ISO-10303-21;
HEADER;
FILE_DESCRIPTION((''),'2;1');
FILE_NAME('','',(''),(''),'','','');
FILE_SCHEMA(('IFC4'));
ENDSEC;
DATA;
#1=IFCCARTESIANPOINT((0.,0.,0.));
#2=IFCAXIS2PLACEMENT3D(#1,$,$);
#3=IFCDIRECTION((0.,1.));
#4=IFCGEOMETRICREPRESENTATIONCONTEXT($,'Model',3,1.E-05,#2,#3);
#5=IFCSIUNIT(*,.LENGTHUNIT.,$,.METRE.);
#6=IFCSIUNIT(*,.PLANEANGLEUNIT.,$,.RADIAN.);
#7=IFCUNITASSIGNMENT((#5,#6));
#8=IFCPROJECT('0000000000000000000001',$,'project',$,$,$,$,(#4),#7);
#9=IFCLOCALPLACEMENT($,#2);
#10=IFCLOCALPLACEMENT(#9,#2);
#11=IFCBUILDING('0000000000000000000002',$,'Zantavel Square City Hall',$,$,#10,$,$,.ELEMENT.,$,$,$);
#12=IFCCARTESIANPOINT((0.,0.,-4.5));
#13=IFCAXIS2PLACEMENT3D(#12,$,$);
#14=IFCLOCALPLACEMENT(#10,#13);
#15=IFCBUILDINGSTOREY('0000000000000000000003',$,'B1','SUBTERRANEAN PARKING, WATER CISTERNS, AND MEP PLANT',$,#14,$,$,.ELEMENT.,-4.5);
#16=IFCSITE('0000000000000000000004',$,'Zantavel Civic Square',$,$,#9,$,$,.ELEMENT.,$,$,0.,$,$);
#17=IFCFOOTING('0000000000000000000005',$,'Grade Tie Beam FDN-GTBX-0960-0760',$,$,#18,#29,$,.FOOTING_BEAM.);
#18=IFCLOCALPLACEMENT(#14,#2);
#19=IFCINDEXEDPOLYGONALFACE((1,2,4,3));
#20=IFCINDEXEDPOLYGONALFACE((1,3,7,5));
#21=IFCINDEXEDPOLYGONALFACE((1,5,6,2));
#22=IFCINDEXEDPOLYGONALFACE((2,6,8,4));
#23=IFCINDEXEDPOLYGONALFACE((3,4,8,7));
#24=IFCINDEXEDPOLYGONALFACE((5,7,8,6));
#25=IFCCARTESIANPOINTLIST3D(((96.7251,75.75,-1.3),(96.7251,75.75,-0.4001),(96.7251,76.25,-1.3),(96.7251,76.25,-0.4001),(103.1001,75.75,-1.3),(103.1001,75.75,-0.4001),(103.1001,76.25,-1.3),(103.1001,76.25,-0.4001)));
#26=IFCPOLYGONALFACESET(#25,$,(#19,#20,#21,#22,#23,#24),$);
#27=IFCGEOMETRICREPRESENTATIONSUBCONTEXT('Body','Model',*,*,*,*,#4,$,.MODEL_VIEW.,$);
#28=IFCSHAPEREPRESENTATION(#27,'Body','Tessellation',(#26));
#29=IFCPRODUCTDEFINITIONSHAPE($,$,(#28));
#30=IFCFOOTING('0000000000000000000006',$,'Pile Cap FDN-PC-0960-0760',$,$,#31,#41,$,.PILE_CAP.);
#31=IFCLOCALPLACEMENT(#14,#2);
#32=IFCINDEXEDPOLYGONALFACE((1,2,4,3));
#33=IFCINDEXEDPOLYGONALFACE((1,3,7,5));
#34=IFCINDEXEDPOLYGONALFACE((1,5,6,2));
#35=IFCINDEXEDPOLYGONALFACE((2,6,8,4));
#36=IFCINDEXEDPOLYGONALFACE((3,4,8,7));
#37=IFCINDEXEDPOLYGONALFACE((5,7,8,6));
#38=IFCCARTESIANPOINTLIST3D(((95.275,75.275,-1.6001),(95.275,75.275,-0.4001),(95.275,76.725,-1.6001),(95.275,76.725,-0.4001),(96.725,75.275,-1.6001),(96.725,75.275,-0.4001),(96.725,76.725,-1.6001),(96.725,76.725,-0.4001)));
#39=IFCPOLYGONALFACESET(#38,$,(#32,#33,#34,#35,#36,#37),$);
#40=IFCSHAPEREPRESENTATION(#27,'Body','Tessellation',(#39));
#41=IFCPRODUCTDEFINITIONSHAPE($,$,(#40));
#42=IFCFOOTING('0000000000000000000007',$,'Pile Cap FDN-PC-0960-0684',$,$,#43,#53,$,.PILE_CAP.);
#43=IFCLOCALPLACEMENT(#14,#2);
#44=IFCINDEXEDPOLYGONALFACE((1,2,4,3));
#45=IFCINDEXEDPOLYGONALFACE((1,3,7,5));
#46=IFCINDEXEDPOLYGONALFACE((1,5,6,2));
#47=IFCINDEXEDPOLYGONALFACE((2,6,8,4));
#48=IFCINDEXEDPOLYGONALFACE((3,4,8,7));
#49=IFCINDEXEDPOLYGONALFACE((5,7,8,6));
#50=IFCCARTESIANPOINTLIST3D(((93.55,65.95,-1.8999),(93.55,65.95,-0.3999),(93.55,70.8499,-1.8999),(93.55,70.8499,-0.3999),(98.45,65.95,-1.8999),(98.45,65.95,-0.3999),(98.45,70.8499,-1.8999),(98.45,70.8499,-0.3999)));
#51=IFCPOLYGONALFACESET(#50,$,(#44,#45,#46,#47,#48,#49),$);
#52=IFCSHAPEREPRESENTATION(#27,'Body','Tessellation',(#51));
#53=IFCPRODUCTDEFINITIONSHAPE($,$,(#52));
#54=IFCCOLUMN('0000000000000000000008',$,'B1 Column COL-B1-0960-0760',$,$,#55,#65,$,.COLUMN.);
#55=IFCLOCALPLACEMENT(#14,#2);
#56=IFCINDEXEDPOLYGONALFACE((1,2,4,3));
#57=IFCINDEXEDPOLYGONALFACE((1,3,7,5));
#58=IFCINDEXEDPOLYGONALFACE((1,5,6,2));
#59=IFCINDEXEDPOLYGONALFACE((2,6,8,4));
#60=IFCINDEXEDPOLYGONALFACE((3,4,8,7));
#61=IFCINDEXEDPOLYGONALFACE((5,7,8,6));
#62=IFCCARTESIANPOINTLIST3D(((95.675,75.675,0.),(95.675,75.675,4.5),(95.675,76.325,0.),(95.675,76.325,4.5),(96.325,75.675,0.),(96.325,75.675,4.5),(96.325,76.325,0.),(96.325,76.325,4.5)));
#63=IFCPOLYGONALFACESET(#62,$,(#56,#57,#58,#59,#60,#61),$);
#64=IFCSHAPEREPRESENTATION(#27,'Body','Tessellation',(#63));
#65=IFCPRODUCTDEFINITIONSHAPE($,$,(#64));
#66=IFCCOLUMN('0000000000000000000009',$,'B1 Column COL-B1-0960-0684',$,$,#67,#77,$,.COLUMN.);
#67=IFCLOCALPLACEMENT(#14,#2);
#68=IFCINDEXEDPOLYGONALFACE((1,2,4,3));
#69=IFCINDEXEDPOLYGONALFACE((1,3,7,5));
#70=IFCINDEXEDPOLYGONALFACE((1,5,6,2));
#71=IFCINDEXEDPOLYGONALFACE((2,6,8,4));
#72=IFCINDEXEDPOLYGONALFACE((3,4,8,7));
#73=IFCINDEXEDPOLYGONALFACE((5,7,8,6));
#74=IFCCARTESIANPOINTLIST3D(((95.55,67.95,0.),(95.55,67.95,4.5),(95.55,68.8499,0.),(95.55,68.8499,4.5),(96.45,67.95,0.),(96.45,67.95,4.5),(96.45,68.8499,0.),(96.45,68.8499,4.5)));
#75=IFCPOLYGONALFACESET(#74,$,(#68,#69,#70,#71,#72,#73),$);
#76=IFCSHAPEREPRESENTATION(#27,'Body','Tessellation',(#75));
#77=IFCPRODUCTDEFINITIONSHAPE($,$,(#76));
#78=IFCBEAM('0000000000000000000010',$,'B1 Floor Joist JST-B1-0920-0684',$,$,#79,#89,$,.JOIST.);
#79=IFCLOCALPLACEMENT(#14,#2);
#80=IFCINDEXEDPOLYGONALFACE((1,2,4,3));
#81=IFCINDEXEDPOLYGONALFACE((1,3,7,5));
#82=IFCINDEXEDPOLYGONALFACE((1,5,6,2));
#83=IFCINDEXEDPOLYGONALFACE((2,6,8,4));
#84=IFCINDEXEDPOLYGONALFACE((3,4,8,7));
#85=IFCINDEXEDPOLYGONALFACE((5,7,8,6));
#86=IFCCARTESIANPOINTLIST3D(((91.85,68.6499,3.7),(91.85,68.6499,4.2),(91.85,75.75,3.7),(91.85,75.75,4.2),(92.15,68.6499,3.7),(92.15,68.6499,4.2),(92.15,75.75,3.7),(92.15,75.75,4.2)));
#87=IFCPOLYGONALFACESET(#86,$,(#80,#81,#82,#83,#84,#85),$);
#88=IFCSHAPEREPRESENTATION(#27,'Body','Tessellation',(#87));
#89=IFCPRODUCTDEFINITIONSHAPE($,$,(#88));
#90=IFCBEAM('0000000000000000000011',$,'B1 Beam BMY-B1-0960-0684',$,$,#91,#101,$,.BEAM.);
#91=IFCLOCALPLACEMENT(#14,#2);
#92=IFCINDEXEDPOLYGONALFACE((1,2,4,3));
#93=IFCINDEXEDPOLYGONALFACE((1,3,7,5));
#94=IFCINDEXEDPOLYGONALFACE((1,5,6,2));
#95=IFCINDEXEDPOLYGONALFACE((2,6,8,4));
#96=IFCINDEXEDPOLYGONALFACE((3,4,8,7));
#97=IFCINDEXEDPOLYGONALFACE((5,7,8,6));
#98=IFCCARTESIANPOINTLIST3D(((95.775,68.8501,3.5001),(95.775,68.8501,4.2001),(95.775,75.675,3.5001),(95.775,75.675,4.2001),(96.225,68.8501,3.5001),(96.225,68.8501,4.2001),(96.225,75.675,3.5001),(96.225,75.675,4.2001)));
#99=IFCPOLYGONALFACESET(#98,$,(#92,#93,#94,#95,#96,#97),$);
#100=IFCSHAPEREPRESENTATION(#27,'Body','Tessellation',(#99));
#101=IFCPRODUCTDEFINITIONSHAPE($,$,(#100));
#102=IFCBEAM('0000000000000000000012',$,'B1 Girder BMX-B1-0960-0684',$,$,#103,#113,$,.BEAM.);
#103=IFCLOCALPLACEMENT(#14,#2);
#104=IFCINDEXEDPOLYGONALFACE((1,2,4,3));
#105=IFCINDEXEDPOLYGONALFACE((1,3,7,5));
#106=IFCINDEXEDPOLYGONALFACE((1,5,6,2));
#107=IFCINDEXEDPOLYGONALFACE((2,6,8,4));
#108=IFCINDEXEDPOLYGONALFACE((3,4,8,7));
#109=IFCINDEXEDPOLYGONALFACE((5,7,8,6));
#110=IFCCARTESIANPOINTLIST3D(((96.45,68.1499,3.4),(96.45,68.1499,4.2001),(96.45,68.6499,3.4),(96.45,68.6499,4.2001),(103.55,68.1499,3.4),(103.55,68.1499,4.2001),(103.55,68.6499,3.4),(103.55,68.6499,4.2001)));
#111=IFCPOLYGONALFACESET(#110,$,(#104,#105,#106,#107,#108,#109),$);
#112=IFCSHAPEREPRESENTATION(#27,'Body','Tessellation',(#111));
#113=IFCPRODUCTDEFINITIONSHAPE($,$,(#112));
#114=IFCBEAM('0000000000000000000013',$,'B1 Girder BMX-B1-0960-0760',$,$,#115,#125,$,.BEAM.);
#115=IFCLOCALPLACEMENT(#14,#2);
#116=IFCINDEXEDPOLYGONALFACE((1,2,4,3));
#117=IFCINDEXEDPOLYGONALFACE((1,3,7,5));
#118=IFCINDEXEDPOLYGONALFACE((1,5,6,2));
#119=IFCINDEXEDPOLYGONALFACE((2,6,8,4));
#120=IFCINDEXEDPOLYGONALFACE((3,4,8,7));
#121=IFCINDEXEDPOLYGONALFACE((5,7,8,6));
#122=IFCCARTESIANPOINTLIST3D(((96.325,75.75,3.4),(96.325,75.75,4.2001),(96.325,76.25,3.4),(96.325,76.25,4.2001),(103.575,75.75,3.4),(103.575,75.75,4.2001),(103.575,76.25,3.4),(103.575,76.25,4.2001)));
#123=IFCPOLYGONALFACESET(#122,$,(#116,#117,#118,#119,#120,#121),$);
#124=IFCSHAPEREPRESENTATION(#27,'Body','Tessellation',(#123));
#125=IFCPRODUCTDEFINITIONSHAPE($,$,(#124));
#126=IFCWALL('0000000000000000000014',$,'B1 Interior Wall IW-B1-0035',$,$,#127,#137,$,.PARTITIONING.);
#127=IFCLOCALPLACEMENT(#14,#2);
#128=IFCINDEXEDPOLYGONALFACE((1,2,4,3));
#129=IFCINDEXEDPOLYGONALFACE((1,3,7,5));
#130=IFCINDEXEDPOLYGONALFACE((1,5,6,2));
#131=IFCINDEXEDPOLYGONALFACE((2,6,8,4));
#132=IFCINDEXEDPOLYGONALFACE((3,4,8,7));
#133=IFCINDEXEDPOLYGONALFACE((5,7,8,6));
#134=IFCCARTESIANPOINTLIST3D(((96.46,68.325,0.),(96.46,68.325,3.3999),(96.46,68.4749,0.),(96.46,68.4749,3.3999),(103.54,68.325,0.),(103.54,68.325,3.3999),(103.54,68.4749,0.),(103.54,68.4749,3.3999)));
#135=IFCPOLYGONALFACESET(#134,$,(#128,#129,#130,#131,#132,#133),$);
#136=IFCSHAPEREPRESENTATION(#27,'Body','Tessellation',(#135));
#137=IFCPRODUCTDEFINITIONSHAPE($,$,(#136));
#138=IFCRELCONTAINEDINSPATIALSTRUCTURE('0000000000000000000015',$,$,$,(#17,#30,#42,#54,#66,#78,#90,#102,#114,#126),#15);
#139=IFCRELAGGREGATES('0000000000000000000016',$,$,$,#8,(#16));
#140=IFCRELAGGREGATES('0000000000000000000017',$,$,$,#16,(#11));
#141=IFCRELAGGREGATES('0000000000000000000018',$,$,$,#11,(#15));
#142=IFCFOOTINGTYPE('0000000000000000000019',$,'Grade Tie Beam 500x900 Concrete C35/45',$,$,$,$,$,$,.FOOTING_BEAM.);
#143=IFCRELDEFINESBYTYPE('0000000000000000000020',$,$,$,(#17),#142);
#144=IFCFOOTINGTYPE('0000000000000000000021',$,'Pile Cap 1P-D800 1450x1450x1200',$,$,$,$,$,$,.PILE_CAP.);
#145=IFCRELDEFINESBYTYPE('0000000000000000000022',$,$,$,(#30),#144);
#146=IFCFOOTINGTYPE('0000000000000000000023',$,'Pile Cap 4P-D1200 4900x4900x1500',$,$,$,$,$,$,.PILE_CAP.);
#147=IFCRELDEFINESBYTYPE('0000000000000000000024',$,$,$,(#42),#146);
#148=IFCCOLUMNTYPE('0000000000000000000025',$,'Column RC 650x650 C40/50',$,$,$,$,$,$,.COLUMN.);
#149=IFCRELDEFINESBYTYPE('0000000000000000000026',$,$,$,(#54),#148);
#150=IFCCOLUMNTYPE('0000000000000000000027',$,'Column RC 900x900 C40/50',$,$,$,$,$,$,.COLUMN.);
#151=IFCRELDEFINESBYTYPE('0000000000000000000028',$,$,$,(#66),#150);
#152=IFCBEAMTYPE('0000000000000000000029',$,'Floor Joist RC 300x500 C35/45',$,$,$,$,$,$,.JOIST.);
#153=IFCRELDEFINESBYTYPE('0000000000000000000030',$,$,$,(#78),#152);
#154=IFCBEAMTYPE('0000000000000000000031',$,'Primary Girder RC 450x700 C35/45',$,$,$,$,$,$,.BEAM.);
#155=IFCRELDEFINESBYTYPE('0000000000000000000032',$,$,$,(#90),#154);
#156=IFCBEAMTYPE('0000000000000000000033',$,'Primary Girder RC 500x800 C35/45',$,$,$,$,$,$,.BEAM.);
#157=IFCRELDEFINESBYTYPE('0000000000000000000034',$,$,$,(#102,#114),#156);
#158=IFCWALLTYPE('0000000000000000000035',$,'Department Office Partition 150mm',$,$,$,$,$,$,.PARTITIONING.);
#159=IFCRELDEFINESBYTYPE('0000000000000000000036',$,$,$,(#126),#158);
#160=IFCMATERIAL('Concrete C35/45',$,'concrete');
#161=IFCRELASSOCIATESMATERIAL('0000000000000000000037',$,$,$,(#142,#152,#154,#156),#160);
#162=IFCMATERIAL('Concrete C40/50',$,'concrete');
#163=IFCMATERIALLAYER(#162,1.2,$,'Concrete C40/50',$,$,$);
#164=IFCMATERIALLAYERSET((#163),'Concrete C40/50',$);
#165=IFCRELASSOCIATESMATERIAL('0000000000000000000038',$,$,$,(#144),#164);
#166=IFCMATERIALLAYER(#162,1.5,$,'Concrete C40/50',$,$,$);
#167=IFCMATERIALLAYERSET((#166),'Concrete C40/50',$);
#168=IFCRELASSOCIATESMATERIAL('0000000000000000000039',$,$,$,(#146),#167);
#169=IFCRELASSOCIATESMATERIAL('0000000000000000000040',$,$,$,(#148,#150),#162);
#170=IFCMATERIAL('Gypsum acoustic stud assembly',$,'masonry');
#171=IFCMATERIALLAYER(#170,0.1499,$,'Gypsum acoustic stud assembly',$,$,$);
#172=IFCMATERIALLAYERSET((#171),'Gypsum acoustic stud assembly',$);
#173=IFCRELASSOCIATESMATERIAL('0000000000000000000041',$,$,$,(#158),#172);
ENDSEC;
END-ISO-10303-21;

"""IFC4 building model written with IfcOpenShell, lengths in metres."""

from ifc_helpers import new_model, si_unit, direction, frame, frame_2d, origin, origin_2d, place, context, subcontext, project, spatial, rectangle, extrude, material, layer, layer_set, material_profile, profile_set, type_object, element, save


model = new_model("IFC4")

# Units and contexts
model_context = context("Model", 3, precision=1e-05, world=origin(), true_north=direction((0.0, 1.0)))
body_context = subcontext(model_context, "Body", "Model", "MODEL_VIEW")
ifc_project = project(units=[si_unit("LENGTHUNIT", "METRE"), si_unit("PLANEANGLEUNIT", "RADIAN")], contexts=[model_context])

# Site, building, storey
site_placement = place(None, origin())
site = spatial("IfcSite", under=ifc_project, at=site_placement, Name="Zantavel Civic Square", CompositionType="ELEMENT", RefElevation=0.0)
building_placement = place(site_placement, origin())
building = spatial("IfcBuilding", under=site, at=building_placement, Name="Zantavel Square City Hall", CompositionType="ELEMENT")
storey_placement = place(building_placement, frame((0.0, 0.0, -4.5)))
storey = spatial("IfcBuildingStorey", under=building, at=storey_placement, Name="B1", Description="SUBTERRANEAN PARKING, WATER CISTERNS, AND MEP PLANT", CompositionType="ELEMENT", Elevation=-4.5)

# Shared definitions
ifc_material_1 = material(Name="Concrete C35/45", Category="concrete")

# Footings
ifc_material_profile_1 = material_profile(ifc_material_1, rectangle(XDim=0.5, YDim=0.8999, at=origin_2d()), Name="RC 500x900")
ifc_profile_set_1 = profile_set([ifc_material_profile_1], Name="Concrete C35/45")
footing_type_1 = type_object("IfcFootingType", Name="Grade Tie Beam 500x900 Concrete C35/45", PredefinedType="FOOTING_BEAM", material=ifc_profile_set_1)
footing_1_placement = place(storey_placement, frame((96.7251, 76.0, -0.8501), z_axis=(1.0, 0.0, 0.0), x_axis=(0.0, 1.0, 0.0)))
element("IfcFooting", 1, at=footing_1_placement, inside=storey, type_object=footing_type_1, Name="Grade Tie Beam FDN-GTBX-0960-0760", PredefinedType="FOOTING_BEAM", context=body_context, shape_type="SweptSolid", body=[
    extrude(rectangle(XDim=0.5, YDim=0.8999, at=origin_2d()), origin(), (0.0, 0.0, 1.0), 6.375),
])
ifc_material_2 = material(Name="Concrete C40/50", Category="concrete")
ifc_layer_1 = layer(ifc_material_2, 1.2, Name="Concrete C40/50")
ifc_layer_set_1 = layer_set([ifc_layer_1], Name="Concrete C40/50")
footing_type_2 = type_object("IfcFootingType", Name="Pile Cap 1P-D800 1450x1450x1200", PredefinedType="PILE_CAP", material=ifc_layer_set_1)
footing_2_placement = place(storey_placement, frame((96.0, 76.0, -1.6001), z_axis=(0.0, 0.0, 1.0), x_axis=(1.0, 0.0, 0.0)))
element("IfcFooting", 2, at=footing_2_placement, inside=storey, type_object=footing_type_2, Name="Pile Cap FDN-PC-0960-0760", PredefinedType="PILE_CAP", context=body_context, shape_type="SweptSolid", body=[
    extrude(rectangle(XDim=1.45, YDim=1.45, at=origin_2d()), origin(), (0.0, 0.0, 1.0), 1.2),
])
ifc_layer_2 = layer(ifc_material_2, 1.5, Name="Concrete C40/50")
ifc_layer_set_2 = layer_set([ifc_layer_2], Name="Concrete C40/50")
footing_type_3 = type_object("IfcFootingType", Name="Pile Cap 4P-D1200 4900x4900x1500", PredefinedType="PILE_CAP", material=ifc_layer_set_2)
footing_3_placement = place(storey_placement, frame((96.0, 68.3999, -1.8999), z_axis=(0.0, 0.0, 1.0), x_axis=(1.0, 0.0, 0.0)))
element("IfcFooting", 3, at=footing_3_placement, inside=storey, type_object=footing_type_3, Name="Pile Cap FDN-PC-0960-0684", PredefinedType="PILE_CAP", context=body_context, shape_type="SweptSolid", body=[
    extrude(rectangle(XDim=4.8999, YDim=4.8999, at=origin_2d()), origin(), (0.0, 0.0, 1.0), 1.5),
])

# Columns
ifc_material_profile_2 = material_profile(ifc_material_2, rectangle(XDim=0.6499, YDim=0.6499, at=origin_2d()), Name="RC 650x650")
ifc_profile_set_2 = profile_set([ifc_material_profile_2], Name="Concrete C40/50")
column_type_1 = type_object("IfcColumnType", Name="Column RC 650x650 C40/50", PredefinedType="COLUMN", material=ifc_profile_set_2)
column_1_placement = place(storey_placement, frame((96.0, 76.0, 0.0), z_axis=(0.0, 0.0, 1.0), x_axis=(1.0, 0.0, 0.0)))
element("IfcColumn", 4, at=column_1_placement, inside=storey, type_object=column_type_1, Name="B1 Column COL-B1-0960-0760", PredefinedType="COLUMN", context=body_context, shape_type="SweptSolid", body=[
    extrude(rectangle(XDim=0.6499, YDim=0.6499, at=origin_2d()), origin(), (0.0, 0.0, 1.0), 4.5),
])
ifc_material_profile_3 = material_profile(ifc_material_2, rectangle(XDim=0.8999, YDim=0.8999, at=origin_2d()), Name="RC 900x900")
ifc_profile_set_3 = profile_set([ifc_material_profile_3], Name="Concrete C40/50")
column_type_2 = type_object("IfcColumnType", Name="Column RC 900x900 C40/50", PredefinedType="COLUMN", material=ifc_profile_set_3)
column_2_placement = place(storey_placement, frame((96.0, 68.3999, 0.0), z_axis=(0.0, 0.0, 1.0), x_axis=(1.0, 0.0, 0.0)))
element("IfcColumn", 5, at=column_2_placement, inside=storey, type_object=column_type_2, Name="B1 Column COL-B1-0960-0684", PredefinedType="COLUMN", context=body_context, shape_type="SweptSolid", body=[
    extrude(rectangle(XDim=0.8999, YDim=0.8999, at=origin_2d()), origin(), (0.0, 0.0, 1.0), 4.5),
])

# Beams
ifc_material_profile_4 = material_profile(ifc_material_1, rectangle(XDim=0.3, YDim=0.5, at=origin_2d()), Name="RC 300x500")
ifc_profile_set_4 = profile_set([ifc_material_profile_4], Name="Concrete C35/45")
beam_type_1 = type_object("IfcBeamType", Name="Floor Joist RC 300x500 C35/45", PredefinedType="JOIST", material=ifc_profile_set_4)
beam_1_placement = place(storey_placement, frame((92.0, 68.6499, 3.95), z_axis=(0.0, 1.0, 0.0), x_axis=(-1.0, 0.0, 0.0)))
element("IfcBeam", 6, at=beam_1_placement, inside=storey, type_object=beam_type_1, Name="B1 Floor Joist JST-B1-0920-0684", PredefinedType="JOIST", context=body_context, shape_type="SweptSolid", body=[
    extrude(rectangle(XDim=0.3, YDim=0.5, at=origin_2d()), origin(), (0.0, 0.0, 1.0), 7.1001),
])
ifc_material_profile_5 = material_profile(ifc_material_1, rectangle(XDim=0.45, YDim=0.7, at=origin_2d()), Name="RC 450x700")
ifc_profile_set_5 = profile_set([ifc_material_profile_5], Name="Concrete C35/45")
beam_type_2 = type_object("IfcBeamType", Name="Primary Girder RC 450x700 C35/45", PredefinedType="BEAM", material=ifc_profile_set_5)
beam_2_placement = place(storey_placement, frame((96.0, 68.8501, 3.8501), z_axis=(0.0, 1.0, 0.0), x_axis=(-1.0, 0.0, 0.0)))
element("IfcBeam", 7, at=beam_2_placement, inside=storey, type_object=beam_type_2, Name="B1 Beam BMY-B1-0960-0684", PredefinedType="BEAM", context=body_context, shape_type="SweptSolid", body=[
    extrude(rectangle(XDim=0.45, YDim=0.7, at=origin_2d()), origin(), (0.0, 0.0, 1.0), 6.825),
])
ifc_material_profile_6 = material_profile(ifc_material_1, rectangle(XDim=0.5, YDim=0.8, at=origin_2d()), Name="RC 500x800")
ifc_profile_set_6 = profile_set([ifc_material_profile_6], Name="Concrete C35/45")
beam_type_3 = type_object("IfcBeamType", Name="Primary Girder RC 500x800 C35/45", PredefinedType="BEAM", material=ifc_profile_set_6)
beam_3_placement = place(storey_placement, frame((96.45, 68.3999, 3.8), z_axis=(1.0, 0.0, 0.0), x_axis=(0.0, 1.0, 0.0)))
element("IfcBeam", 8, at=beam_3_placement, inside=storey, type_object=beam_type_3, Name="B1 Girder BMX-B1-0960-0684", PredefinedType="BEAM", context=body_context, shape_type="SweptSolid", body=[
    extrude(rectangle(XDim=0.5, YDim=0.8, at=origin_2d()), origin(), (0.0, 0.0, 1.0), 7.1001),
])
beam_4_placement = place(storey_placement, frame((96.325, 76.0, 3.8), z_axis=(1.0, 0.0, 0.0), x_axis=(0.0, 1.0, 0.0)))
element("IfcBeam", 9, at=beam_4_placement, inside=storey, type_object=beam_type_3, Name="B1 Girder BMX-B1-0960-0760", PredefinedType="BEAM", context=body_context, shape_type="SweptSolid", body=[
    extrude(rectangle(XDim=0.5, YDim=0.8, at=origin_2d()), origin(), (0.0, 0.0, 1.0), 7.25),
])

# Wall
ifc_material_3 = material(Name="Gypsum acoustic stud assembly", Category="masonry")
ifc_layer_3 = layer(ifc_material_3, 0.1499, Name="Gypsum acoustic stud assembly")
ifc_layer_set_3 = layer_set([ifc_layer_3], Name="Gypsum acoustic stud assembly")
wall_type = type_object("IfcWallType", Name="Department Office Partition 150mm", PredefinedType="PARTITIONING", material=ifc_layer_set_3)
wall_placement = place(storey_placement, frame((96.46, 68.3999, 0.0), z_axis=(0.0, 0.0, 1.0), x_axis=(1.0, 0.0, 0.0)))
element("IfcWall", 10, at=wall_placement, inside=storey, type_object=wall_type, Name="B1 Interior Wall IW-B1-0035", PredefinedType="PARTITIONING", context=body_context, shape_type="SweptSolid", body=[
    extrude(rectangle(XDim=7.0801, YDim=0.1499, at=frame_2d((3.54, 0.0))), origin(), (0.0, 0.0, 1.0), 3.3999),
])

save(model, "model.ifc")
